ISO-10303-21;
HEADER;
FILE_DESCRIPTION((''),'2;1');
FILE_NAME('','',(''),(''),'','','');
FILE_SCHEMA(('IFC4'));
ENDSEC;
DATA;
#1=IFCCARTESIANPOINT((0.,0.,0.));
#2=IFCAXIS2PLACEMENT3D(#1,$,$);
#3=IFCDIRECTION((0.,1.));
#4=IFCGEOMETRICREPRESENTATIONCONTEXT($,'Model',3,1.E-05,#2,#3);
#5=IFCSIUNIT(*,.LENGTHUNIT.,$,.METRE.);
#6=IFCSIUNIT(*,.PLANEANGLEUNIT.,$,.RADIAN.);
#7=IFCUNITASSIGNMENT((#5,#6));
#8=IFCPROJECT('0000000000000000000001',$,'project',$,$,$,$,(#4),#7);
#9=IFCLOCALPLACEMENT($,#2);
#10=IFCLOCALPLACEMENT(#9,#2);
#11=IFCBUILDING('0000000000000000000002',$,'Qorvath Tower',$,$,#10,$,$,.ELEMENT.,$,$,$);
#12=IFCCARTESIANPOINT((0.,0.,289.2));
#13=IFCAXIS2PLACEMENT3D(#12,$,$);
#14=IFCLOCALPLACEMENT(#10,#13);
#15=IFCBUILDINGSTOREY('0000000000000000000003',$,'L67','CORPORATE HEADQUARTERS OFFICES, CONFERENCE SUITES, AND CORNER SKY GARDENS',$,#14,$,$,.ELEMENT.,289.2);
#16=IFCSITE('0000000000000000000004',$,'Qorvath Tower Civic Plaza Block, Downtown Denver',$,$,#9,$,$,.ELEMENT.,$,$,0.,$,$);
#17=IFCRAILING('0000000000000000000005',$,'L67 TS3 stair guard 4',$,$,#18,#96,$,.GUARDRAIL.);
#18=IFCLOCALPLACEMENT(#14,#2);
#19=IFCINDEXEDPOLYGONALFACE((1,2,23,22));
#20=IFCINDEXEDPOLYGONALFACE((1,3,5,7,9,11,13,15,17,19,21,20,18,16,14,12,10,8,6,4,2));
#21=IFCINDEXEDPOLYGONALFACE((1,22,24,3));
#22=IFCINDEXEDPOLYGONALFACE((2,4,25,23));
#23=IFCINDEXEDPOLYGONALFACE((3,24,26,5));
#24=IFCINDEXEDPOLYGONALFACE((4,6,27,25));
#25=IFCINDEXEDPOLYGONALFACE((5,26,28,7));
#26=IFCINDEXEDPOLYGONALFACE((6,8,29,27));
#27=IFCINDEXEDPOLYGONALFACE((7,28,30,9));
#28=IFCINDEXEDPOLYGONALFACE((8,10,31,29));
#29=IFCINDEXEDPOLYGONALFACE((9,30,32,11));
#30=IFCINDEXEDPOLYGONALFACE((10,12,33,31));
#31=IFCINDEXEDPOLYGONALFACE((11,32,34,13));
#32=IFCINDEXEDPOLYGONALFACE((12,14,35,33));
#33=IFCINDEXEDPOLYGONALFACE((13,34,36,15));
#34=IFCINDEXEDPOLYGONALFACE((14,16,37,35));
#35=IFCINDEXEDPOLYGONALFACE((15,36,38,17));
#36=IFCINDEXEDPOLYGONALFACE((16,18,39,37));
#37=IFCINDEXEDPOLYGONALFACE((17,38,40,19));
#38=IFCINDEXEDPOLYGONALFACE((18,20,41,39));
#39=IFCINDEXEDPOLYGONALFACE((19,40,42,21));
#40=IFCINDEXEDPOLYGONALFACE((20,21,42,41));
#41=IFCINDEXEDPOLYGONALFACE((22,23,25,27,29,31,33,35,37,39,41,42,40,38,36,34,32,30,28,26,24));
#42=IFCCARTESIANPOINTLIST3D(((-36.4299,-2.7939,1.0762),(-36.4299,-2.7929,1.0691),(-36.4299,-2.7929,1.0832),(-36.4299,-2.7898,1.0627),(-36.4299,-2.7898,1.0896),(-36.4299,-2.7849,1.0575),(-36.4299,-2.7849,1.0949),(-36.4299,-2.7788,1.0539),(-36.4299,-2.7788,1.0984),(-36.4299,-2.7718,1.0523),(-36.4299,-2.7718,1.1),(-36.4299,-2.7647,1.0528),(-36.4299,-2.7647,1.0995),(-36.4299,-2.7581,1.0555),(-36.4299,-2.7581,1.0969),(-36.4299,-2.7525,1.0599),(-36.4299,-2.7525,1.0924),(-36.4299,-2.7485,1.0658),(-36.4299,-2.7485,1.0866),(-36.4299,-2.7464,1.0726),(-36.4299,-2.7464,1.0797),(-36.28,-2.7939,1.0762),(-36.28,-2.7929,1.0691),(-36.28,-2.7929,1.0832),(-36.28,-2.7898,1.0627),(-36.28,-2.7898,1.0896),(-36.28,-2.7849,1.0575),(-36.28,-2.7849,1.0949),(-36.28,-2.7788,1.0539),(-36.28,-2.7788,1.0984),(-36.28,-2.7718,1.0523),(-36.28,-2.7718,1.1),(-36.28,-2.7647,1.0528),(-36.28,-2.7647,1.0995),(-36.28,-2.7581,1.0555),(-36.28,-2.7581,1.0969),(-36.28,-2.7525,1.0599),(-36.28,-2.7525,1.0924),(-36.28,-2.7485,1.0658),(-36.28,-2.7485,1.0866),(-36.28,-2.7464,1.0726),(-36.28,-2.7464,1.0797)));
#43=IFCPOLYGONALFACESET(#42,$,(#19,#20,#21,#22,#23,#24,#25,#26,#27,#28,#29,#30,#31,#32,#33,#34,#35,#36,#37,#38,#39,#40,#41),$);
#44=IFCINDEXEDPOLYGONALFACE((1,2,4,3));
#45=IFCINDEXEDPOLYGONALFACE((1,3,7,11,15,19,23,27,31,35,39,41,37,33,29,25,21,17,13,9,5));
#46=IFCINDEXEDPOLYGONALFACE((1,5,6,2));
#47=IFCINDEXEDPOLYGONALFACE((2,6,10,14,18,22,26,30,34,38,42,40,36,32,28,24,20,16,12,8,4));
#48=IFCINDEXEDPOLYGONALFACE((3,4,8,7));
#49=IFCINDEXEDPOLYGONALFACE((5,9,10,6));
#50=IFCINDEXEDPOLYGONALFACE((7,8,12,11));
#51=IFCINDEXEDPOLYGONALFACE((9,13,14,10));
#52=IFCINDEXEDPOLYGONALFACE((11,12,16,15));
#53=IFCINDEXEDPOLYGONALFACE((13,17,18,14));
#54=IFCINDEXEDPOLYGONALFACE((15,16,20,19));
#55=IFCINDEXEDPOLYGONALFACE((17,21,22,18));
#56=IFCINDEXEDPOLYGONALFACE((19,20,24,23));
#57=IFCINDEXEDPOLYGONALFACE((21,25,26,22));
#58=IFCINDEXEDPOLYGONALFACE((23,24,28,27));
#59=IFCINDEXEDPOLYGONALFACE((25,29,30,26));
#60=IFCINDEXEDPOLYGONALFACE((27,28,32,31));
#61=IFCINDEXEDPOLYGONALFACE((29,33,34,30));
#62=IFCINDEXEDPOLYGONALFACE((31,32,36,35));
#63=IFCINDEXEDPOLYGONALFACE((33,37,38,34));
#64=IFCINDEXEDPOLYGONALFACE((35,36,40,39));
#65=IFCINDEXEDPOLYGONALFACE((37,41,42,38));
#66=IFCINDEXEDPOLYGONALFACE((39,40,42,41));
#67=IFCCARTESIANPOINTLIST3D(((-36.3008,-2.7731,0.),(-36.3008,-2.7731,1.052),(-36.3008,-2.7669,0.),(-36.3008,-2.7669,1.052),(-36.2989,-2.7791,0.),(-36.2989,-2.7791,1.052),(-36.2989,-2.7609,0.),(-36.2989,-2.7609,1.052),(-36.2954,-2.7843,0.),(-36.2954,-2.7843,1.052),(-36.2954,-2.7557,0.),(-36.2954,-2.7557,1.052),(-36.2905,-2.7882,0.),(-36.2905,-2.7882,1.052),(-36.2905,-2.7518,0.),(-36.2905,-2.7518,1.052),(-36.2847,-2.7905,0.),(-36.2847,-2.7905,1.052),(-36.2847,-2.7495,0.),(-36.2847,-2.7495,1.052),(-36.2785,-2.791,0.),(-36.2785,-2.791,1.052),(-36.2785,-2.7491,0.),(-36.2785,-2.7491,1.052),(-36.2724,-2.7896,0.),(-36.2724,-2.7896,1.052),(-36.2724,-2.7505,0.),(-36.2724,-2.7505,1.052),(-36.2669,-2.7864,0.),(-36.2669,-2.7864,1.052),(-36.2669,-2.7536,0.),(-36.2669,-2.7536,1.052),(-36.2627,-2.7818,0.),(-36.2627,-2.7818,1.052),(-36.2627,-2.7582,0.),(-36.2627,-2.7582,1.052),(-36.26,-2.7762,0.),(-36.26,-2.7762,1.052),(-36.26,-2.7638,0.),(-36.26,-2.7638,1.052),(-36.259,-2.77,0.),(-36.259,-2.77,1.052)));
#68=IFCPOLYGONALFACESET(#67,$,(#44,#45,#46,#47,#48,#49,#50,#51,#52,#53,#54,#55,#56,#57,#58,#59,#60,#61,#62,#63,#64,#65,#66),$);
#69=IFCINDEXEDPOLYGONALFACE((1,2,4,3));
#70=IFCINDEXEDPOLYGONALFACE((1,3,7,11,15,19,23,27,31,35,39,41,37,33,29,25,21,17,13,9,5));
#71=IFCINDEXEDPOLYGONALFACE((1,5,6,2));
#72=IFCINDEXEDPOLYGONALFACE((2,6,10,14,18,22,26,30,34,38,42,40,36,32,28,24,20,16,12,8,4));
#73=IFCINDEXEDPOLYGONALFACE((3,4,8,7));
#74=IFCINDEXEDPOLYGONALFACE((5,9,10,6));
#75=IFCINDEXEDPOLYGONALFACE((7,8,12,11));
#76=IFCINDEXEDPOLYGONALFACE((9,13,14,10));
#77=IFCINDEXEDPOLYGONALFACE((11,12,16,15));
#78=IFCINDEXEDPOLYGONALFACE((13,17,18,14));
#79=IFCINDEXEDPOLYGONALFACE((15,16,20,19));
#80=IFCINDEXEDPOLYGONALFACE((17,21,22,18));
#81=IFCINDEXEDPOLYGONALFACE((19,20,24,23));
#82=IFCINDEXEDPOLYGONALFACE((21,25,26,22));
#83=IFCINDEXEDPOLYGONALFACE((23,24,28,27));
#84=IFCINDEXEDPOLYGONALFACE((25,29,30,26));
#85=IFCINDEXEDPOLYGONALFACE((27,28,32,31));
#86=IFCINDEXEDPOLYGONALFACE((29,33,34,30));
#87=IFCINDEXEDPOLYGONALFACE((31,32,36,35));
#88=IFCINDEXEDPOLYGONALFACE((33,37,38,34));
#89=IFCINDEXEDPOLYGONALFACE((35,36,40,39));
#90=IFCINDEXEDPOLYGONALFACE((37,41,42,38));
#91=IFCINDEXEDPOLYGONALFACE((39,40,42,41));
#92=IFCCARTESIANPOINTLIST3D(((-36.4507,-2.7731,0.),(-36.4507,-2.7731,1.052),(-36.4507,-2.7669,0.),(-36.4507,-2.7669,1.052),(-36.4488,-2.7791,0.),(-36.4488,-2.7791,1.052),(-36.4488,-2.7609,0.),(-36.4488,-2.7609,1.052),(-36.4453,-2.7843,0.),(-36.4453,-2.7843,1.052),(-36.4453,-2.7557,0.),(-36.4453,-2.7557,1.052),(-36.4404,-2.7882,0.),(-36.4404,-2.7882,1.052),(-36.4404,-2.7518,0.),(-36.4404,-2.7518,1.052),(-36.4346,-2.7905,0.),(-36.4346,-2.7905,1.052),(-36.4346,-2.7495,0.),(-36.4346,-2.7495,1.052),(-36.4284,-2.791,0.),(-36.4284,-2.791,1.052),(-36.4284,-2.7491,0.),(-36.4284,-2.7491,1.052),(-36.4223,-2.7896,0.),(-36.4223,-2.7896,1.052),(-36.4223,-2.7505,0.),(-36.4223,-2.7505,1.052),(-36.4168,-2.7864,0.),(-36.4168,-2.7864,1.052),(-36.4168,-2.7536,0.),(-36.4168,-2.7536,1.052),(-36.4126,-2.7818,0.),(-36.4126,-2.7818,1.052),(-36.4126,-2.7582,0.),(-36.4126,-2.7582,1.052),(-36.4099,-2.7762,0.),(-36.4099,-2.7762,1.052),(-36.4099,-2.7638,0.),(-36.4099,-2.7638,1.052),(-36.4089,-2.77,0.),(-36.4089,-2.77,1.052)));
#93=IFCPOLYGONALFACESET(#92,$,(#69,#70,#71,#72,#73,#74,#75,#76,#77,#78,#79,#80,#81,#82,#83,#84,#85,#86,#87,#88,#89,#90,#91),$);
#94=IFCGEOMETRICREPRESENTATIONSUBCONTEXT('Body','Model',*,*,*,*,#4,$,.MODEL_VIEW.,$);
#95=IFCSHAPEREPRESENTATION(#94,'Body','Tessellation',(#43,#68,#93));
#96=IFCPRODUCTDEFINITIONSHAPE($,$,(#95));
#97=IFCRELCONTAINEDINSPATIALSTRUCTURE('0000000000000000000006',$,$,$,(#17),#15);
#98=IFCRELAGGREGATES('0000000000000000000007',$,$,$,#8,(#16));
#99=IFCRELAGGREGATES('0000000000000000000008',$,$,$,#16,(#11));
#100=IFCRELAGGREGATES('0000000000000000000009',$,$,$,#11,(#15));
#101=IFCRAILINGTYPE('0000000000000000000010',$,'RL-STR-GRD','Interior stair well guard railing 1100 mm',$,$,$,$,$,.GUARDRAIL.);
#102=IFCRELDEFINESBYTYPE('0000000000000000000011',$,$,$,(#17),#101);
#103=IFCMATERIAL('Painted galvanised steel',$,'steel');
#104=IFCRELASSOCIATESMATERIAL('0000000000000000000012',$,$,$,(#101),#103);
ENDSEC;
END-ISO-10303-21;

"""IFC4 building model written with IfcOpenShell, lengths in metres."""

from ifc_helpers import new_model, si_unit, direction, frame, origin, origin_2d, place, context, subcontext, project, spatial, circle, extrude, material, type_object, element, save


model = new_model("IFC4")

# Units and contexts
model_context = context("Model", 3, precision=1e-05, world=origin(), true_north=direction((0.0, 1.0)))
body_context = subcontext(model_context, "Body", "Model", "MODEL_VIEW")
ifc_project = project(units=[si_unit("LENGTHUNIT", "METRE"), si_unit("PLANEANGLEUNIT", "RADIAN")], contexts=[model_context])

# Site, building, storey
site_placement = place(None, origin())
site = spatial("IfcSite", under=ifc_project, at=site_placement, Name="Qorvath Tower Civic Plaza Block, Downtown Denver", CompositionType="ELEMENT", RefElevation=0.0)
building_placement = place(site_placement, origin())
building = spatial("IfcBuilding", under=site, at=building_placement, Name="Qorvath Tower", CompositionType="ELEMENT")
storey_placement = place(building_placement, frame((0.0, 0.0, 289.2)))
storey = spatial("IfcBuildingStorey", under=building, at=storey_placement, Name="L67", Description="CORPORATE HEADQUARTERS OFFICES, CONFERENCE SUITES, AND CORNER SKY GARDENS", CompositionType="ELEMENT", Elevation=289.2)

# Railing
ifc_material_1 = material(Name="Painted galvanised steel", Category="steel")
railing_type_1 = type_object("IfcRailingType", Name="RL-STR-GRD", Description="Interior stair well guard railing 1100 mm", PredefinedType="GUARDRAIL", material=ifc_material_1)
railing_1_placement = place(storey_placement, frame((-36.28, -2.77, 0.0)))
element("IfcRailing", 1, at=railing_1_placement, inside=storey, type_object=railing_type_1, Name="L67 TS3 stair guard 4", PredefinedType="GUARDRAIL", context=body_context, shape_type="SweptSolid", body=[
    extrude(circle(Radius=0.0239, at=origin_2d()), frame((0.0, 0.0, 1.0762), z_axis=(-1.0, 0.0, 0.0), x_axis=(0.0, -1.0, 0.0)), (0.0, 0.0, 1.0), 0.1499),
    extrude(circle(Radius=0.021, at=origin_2d()), origin(), (0.0, 0.0, 1.0), 1.052),
    extrude(circle(Radius=0.021, at=origin_2d()), frame((-0.1499, 0.0, 0.0)), (0.0, 0.0, 1.0), 1.052),
])

save(model, "model.ifc")
